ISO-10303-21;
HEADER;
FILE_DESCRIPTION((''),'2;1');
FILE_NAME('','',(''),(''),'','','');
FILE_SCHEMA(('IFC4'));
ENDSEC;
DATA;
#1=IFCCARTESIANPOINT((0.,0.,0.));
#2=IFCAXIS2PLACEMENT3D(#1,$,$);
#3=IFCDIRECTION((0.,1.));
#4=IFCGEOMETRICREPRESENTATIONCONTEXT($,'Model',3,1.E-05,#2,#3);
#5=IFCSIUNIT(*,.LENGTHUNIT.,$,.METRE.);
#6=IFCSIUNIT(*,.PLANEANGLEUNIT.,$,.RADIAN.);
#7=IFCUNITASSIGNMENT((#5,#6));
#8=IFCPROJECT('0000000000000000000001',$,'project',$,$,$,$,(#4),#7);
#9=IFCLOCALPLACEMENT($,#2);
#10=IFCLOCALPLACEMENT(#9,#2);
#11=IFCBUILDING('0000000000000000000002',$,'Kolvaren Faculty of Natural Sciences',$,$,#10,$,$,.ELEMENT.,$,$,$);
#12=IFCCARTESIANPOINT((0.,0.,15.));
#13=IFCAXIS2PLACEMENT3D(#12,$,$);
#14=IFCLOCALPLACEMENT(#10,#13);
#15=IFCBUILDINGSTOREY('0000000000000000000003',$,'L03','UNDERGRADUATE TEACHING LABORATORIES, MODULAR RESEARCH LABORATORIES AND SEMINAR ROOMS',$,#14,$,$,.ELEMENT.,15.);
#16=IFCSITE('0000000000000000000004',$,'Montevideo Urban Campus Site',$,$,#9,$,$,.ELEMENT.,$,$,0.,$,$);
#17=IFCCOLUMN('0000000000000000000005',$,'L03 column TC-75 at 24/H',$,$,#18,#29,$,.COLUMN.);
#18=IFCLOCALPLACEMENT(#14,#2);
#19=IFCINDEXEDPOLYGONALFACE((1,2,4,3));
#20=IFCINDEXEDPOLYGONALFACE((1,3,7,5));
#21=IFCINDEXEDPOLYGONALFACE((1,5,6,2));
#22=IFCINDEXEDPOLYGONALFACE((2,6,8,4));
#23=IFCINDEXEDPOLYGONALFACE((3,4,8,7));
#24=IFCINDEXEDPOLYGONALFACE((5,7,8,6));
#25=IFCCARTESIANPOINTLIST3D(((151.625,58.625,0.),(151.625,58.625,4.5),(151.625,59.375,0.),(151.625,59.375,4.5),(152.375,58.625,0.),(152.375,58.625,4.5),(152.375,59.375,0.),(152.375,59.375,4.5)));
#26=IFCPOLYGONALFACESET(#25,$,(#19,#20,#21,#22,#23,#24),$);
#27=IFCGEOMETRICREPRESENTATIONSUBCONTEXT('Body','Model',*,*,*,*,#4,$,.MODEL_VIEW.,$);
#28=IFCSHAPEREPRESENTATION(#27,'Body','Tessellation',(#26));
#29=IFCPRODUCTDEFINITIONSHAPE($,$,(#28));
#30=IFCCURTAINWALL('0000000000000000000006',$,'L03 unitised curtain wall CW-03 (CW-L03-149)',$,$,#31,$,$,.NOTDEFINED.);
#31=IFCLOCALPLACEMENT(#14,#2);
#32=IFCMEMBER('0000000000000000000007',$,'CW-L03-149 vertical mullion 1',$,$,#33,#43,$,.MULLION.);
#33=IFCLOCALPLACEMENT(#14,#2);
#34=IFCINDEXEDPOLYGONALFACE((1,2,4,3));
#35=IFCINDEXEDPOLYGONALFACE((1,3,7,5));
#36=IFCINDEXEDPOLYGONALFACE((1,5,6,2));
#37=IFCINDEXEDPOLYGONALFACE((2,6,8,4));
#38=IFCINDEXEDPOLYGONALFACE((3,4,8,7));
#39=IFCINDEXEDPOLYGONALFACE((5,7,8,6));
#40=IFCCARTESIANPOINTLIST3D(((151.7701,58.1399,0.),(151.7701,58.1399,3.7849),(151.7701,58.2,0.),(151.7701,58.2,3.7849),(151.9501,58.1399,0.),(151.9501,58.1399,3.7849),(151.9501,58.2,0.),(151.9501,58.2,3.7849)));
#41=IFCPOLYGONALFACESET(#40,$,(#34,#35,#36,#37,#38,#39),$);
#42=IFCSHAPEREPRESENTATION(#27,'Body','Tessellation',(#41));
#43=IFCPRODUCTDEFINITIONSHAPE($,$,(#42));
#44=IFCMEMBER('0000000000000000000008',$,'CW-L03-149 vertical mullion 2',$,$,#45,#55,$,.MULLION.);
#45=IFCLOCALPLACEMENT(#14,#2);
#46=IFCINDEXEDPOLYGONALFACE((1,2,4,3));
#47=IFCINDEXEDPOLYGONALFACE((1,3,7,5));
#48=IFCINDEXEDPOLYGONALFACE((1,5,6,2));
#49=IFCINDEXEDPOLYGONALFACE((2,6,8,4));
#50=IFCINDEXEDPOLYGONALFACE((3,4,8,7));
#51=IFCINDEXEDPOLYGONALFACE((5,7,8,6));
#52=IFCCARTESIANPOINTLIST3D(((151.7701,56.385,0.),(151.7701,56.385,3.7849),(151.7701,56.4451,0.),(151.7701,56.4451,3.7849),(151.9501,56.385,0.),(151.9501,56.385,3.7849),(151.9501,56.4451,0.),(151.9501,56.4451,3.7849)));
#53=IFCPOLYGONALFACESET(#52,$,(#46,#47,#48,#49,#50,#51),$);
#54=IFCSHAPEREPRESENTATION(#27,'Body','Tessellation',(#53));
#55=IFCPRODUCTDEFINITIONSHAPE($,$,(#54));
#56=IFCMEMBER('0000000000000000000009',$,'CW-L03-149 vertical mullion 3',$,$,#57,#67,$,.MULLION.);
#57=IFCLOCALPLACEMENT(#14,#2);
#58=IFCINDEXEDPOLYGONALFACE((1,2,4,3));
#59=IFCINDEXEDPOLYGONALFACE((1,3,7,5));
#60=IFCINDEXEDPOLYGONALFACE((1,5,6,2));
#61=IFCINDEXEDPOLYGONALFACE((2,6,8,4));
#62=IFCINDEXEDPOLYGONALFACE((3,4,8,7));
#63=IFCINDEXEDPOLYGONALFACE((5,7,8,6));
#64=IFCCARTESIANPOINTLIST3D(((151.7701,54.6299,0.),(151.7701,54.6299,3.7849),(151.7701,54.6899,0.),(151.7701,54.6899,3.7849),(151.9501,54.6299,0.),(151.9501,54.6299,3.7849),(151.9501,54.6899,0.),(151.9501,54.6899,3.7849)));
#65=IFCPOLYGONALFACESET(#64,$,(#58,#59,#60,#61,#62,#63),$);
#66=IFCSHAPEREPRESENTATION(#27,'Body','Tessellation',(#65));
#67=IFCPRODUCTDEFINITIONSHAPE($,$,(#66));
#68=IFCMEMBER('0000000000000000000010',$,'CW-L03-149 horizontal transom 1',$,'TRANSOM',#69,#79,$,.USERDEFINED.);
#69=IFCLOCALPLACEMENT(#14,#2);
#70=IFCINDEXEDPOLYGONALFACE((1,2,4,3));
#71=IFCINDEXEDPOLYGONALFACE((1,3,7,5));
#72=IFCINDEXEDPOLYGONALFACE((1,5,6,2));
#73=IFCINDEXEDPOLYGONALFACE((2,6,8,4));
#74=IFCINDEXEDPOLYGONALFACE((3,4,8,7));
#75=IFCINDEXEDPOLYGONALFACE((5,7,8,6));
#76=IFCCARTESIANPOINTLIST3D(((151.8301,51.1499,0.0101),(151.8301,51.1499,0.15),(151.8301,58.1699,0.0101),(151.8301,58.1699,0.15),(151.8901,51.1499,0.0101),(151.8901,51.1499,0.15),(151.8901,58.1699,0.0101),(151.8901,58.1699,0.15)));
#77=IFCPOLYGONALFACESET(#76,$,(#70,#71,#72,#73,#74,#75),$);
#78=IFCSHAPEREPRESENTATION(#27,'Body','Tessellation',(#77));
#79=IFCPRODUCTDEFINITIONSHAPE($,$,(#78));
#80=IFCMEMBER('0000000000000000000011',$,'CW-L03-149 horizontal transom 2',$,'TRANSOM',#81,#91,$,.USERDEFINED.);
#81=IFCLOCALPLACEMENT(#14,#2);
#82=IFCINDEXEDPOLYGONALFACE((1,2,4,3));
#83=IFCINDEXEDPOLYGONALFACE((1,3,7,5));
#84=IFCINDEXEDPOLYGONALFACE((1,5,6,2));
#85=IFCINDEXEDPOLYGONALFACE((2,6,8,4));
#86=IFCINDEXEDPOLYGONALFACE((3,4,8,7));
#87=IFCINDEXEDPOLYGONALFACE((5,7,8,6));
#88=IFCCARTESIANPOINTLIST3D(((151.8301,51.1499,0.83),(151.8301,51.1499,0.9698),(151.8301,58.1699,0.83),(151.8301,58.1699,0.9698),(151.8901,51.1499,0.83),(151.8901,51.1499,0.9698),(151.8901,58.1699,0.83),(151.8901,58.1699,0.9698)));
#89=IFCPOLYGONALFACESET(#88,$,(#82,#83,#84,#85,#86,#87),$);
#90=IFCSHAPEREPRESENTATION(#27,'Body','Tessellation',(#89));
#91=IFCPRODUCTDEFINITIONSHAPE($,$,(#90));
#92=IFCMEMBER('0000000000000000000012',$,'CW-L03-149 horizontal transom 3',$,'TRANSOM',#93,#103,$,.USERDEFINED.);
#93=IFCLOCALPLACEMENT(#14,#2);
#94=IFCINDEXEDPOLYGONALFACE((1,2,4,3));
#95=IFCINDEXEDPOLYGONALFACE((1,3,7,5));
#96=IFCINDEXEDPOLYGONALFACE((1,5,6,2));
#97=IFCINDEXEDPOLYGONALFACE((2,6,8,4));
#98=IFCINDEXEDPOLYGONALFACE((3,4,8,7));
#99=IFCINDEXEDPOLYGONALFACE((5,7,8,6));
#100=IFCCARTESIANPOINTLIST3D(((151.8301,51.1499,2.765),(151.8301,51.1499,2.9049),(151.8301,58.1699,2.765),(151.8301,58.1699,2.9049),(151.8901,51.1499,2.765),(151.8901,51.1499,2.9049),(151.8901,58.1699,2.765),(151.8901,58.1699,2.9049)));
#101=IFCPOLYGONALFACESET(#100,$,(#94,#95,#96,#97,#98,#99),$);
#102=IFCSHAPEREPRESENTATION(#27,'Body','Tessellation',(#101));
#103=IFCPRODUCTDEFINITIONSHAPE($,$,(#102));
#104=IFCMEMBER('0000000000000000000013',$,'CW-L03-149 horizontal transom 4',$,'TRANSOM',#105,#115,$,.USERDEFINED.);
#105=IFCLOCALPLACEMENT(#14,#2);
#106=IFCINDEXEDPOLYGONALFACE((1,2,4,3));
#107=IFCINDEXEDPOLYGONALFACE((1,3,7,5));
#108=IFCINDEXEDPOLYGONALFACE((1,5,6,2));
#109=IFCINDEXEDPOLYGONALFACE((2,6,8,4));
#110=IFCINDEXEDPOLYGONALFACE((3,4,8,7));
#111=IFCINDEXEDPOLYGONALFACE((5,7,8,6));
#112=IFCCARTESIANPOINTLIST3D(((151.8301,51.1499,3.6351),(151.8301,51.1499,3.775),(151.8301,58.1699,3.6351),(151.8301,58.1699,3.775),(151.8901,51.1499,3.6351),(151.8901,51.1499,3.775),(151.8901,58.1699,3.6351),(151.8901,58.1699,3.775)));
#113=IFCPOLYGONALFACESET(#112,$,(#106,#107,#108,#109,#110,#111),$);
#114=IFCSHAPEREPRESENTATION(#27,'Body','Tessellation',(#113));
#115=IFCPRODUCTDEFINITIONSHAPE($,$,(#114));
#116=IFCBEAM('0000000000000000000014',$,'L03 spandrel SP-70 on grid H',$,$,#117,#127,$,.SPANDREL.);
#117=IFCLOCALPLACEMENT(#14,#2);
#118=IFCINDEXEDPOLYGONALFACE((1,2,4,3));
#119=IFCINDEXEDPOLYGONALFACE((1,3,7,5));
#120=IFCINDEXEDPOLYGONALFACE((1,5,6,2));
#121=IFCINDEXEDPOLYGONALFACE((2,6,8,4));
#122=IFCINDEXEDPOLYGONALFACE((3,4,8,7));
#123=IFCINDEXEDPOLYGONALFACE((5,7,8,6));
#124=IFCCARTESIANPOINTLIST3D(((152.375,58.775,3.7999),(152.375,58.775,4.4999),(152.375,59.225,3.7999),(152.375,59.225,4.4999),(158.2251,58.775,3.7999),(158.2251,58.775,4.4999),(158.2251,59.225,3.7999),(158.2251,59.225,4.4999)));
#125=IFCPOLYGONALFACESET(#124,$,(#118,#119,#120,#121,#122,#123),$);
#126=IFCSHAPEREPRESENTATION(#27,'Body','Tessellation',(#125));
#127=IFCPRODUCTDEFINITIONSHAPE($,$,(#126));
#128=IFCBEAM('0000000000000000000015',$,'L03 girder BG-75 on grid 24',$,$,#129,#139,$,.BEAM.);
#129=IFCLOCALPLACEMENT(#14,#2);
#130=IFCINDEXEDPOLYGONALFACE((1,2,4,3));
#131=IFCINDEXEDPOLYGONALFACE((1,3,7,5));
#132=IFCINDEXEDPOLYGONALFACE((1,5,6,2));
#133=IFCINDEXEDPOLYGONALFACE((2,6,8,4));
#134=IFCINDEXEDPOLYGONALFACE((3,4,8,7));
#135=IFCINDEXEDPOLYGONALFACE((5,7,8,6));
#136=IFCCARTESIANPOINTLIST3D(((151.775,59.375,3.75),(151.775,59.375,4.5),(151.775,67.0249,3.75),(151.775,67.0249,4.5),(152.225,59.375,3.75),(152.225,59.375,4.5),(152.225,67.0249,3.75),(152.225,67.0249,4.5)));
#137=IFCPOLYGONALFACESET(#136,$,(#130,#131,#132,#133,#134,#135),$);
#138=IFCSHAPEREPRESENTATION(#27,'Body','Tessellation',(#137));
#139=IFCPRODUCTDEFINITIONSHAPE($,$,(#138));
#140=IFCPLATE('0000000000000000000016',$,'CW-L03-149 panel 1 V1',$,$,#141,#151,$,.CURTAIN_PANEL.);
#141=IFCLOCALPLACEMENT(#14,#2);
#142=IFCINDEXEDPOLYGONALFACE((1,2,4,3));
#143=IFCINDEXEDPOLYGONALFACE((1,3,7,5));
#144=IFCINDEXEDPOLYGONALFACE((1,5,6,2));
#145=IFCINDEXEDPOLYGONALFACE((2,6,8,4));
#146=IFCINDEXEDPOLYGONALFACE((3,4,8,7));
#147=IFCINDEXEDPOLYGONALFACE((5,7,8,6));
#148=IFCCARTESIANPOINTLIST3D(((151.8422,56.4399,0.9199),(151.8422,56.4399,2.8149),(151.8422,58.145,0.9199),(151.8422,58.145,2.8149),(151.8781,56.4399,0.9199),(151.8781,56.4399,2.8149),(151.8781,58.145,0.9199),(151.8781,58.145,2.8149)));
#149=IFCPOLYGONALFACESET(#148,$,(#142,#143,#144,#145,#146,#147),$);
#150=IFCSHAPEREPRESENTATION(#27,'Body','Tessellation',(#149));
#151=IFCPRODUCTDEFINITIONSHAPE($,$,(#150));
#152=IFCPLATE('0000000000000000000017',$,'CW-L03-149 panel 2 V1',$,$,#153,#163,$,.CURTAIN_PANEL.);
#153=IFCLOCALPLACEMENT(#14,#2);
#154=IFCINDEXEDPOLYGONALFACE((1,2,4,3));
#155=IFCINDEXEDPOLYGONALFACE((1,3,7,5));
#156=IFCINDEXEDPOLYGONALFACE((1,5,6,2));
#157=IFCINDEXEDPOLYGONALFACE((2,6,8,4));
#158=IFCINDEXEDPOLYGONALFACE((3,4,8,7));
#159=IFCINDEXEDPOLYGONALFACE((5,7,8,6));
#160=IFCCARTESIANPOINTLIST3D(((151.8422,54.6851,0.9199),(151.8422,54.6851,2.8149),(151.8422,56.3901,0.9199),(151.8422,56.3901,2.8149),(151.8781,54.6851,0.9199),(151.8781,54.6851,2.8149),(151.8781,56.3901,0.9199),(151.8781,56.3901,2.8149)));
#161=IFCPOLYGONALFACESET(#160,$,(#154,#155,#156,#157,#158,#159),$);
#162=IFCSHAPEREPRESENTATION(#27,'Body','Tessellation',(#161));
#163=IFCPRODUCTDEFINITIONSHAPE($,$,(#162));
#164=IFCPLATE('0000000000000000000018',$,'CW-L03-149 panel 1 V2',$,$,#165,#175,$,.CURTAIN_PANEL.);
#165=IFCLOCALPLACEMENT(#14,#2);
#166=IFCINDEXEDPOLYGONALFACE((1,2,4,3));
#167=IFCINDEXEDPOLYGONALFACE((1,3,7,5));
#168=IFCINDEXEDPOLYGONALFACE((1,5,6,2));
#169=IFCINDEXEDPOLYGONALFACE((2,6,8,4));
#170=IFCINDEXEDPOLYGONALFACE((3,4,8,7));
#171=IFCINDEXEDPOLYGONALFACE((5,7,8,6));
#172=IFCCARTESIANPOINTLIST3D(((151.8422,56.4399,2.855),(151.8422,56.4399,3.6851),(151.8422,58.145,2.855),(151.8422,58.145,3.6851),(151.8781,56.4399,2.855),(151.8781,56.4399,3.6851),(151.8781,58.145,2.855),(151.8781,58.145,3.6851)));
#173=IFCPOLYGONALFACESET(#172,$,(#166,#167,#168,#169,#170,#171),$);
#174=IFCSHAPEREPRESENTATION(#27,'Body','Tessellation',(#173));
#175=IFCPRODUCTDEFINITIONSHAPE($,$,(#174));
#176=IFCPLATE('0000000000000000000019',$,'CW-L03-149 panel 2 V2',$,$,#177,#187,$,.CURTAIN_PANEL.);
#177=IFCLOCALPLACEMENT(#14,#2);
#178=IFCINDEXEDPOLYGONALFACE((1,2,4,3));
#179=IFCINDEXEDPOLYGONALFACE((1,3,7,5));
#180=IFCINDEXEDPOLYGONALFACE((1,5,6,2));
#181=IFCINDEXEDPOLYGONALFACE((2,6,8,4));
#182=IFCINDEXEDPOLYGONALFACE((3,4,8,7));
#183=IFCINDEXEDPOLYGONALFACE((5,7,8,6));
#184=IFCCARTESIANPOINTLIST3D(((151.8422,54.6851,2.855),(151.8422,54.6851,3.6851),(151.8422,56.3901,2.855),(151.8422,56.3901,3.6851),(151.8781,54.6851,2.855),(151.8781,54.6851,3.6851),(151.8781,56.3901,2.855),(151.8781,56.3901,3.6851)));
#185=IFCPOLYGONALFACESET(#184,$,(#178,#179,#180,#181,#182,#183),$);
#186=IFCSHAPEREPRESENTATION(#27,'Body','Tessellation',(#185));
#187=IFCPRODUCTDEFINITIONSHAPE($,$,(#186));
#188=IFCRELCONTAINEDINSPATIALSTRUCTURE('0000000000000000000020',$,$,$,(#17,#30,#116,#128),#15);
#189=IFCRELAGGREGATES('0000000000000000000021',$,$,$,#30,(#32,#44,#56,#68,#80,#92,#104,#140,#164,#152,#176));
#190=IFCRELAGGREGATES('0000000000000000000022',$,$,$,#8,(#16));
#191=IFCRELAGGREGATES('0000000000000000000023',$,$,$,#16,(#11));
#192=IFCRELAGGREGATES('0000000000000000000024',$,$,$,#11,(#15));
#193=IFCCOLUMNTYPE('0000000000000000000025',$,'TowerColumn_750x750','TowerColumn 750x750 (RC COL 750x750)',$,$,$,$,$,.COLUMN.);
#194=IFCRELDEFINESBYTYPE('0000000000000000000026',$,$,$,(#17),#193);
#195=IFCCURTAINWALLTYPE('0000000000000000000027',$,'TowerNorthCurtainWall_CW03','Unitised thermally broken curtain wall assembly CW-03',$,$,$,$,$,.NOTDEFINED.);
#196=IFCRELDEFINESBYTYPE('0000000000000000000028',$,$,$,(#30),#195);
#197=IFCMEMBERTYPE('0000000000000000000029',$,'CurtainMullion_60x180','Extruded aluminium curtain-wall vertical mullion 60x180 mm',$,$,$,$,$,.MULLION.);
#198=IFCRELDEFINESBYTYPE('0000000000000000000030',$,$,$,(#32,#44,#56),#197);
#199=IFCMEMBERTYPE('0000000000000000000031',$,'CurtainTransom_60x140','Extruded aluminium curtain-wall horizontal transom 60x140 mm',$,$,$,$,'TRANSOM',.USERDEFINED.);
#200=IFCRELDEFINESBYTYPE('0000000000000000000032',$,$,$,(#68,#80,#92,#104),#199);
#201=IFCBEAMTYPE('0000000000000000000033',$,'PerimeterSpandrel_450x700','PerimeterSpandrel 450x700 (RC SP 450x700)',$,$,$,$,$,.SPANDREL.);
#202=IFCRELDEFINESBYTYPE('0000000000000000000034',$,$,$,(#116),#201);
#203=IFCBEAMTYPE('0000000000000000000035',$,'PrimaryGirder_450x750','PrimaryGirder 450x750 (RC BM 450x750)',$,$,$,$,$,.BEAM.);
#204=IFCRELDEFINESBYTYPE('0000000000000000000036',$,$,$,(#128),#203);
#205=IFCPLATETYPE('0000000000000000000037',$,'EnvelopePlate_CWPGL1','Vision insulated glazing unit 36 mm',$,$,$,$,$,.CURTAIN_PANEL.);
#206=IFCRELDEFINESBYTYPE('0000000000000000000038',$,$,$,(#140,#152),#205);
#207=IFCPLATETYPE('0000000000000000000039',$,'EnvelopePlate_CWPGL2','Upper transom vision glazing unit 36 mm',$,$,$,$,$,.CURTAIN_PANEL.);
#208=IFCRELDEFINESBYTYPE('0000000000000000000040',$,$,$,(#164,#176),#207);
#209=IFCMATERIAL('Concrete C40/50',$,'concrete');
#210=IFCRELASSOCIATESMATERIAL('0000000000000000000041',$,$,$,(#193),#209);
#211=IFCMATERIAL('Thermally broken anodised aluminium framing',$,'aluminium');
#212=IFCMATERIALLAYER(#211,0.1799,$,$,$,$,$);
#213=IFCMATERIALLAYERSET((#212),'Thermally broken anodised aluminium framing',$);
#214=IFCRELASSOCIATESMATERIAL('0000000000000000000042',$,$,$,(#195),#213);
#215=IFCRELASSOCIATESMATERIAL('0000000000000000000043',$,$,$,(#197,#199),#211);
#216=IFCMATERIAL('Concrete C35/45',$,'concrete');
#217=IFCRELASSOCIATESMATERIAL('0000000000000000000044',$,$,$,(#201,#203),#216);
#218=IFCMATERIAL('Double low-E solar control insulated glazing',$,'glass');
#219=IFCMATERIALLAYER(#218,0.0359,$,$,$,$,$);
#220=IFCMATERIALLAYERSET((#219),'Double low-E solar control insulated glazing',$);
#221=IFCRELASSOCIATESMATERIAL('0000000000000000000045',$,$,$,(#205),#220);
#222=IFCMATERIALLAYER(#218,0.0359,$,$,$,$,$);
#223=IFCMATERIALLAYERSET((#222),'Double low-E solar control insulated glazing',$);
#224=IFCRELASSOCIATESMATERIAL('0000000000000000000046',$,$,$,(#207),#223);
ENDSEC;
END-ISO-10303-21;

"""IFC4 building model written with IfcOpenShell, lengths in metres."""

from ifc_helpers import new_model, si_unit, direction, frame, origin, origin_2d, place, context, subcontext, project, spatial, rectangle, extrude, material, layer, layer_set, material_profile, profile_set, type_object, element, aggregate, save


model = new_model("IFC4")

# Units and contexts
model_context = context("Model", 3, precision=1e-05, world=origin(), true_north=direction((0.0, 1.0)))
body_context = subcontext(model_context, "Body", "Model", "MODEL_VIEW")
ifc_project = project(units=[si_unit("LENGTHUNIT", "METRE"), si_unit("PLANEANGLEUNIT", "RADIAN")], contexts=[model_context])

# Site, building, storey
site_placement = place(None, origin())
site = spatial("IfcSite", under=ifc_project, at=site_placement, Name="Montevideo Urban Campus Site", CompositionType="ELEMENT", RefElevation=0.0)
building_placement = place(site_placement, origin())
building = spatial("IfcBuilding", under=site, at=building_placement, Name="Kolvaren Faculty of Natural Sciences", CompositionType="ELEMENT")
storey_placement = place(building_placement, frame((0.0, 0.0, 15.0)))
storey = spatial("IfcBuildingStorey", under=building, at=storey_placement, Name="L03", Description="UNDERGRADUATE TEACHING LABORATORIES, MODULAR RESEARCH LABORATORIES AND SEMINAR ROOMS", CompositionType="ELEMENT", Elevation=15.0)

# Column
ifc_material_1 = material(Name="Concrete C40/50", Category="concrete")
ifc_material_profile_1 = material_profile(ifc_material_1, rectangle(XDim=0.75, YDim=0.75, at=origin_2d()), Name="RC COL 750x750")
ifc_profile_set_1 = profile_set([ifc_material_profile_1], Name="Concrete C40/50")
column_type = type_object("IfcColumnType", Name="TowerColumn_750x750", Description="TowerColumn 750x750 (RC COL 750x750)", PredefinedType="COLUMN", material=ifc_profile_set_1)
column_placement = place(storey_placement, frame((152.0, 59.0, 0.0), z_axis=(0.0, 0.0, 1.0), x_axis=(1.0, 0.0, 0.0)))
element("IfcColumn", 1, at=column_placement, inside=storey, type_object=column_type, Name="L03 column TC-75 at 24/H", PredefinedType="COLUMN", context=body_context, shape_type="SweptSolid", body=[
    extrude(rectangle(XDim=0.75, YDim=0.75, at=origin_2d()), origin(), (0.0, 0.0, 1.0), 4.5),
])

# Curtain wall, members
ifc_material_2 = material(Name="Thermally broken anodised aluminium framing", Category="aluminium")
ifc_layer_1 = layer(ifc_material_2, 0.1799)
ifc_layer_set_1 = layer_set([ifc_layer_1], Name="Thermally broken anodised aluminium framing")
curtain_wall_type = type_object("IfcCurtainWallType", Name="TowerNorthCurtainWall_CW03", Description="Unitised thermally broken curtain wall assembly CW-03", PredefinedType="NOTDEFINED", material=ifc_layer_set_1)
curtain_wall_placement = place(storey_placement, origin())
curtain_wall = element("IfcCurtainWall", 2, at=curtain_wall_placement, inside=storey, type_object=curtain_wall_type, Name="L03 unitised curtain wall CW-03 (CW-L03-149)", PredefinedType="NOTDEFINED")
ifc_material_profile_2 = material_profile(ifc_material_2, rectangle(XDim=0.0601, YDim=0.1799, at=origin_2d()), Name="ALU MUL 60x180")
ifc_profile_set_2 = profile_set([ifc_material_profile_2], Name="Thermally broken anodised aluminium framing")
member_type_1 = type_object("IfcMemberType", Name="CurtainMullion_60x180", Description="Extruded aluminium curtain-wall vertical mullion 60x180 mm", PredefinedType="MULLION", material=ifc_profile_set_2)
member_1_placement = place(storey_placement, frame((151.8601, 58.1699, 0.0), z_axis=(0.0, 0.0, 1.0), x_axis=(0.0, -1.0, 0.0)))
member_1 = element("IfcMember", 3, at=member_1_placement, type_object=member_type_1, Name="CW-L03-149 vertical mullion 1", PredefinedType="MULLION", context=body_context, shape_type="SweptSolid", body=[
    extrude(rectangle(XDim=0.0601, YDim=0.1799, at=origin_2d()), origin(), (0.0, 0.0, 1.0), 3.7849),
])
member_2_placement = place(storey_placement, frame((151.8601, 56.415, 0.0), z_axis=(0.0, 0.0, 1.0), x_axis=(0.0, -1.0, 0.0)))
member_2 = element("IfcMember", 4, at=member_2_placement, type_object=member_type_1, Name="CW-L03-149 vertical mullion 2", PredefinedType="MULLION", context=body_context, shape_type="SweptSolid", body=[
    extrude(rectangle(XDim=0.0601, YDim=0.1799, at=origin_2d()), origin(), (0.0, 0.0, 1.0), 3.7849),
])
member_3_placement = place(storey_placement, frame((151.8601, 54.6599, 0.0), z_axis=(0.0, 0.0, 1.0), x_axis=(0.0, -1.0, 0.0)))
member_3 = element("IfcMember", 5, at=member_3_placement, type_object=member_type_1, Name="CW-L03-149 vertical mullion 3", PredefinedType="MULLION", context=body_context, shape_type="SweptSolid", body=[
    extrude(rectangle(XDim=0.0601, YDim=0.1799, at=origin_2d()), origin(), (0.0, 0.0, 1.0), 3.7849),
])
ifc_material_profile_3 = material_profile(ifc_material_2, rectangle(XDim=0.0601, YDim=0.1399, at=origin_2d()), Name="ALU TRN 60x140")
ifc_profile_set_3 = profile_set([ifc_material_profile_3], Name="Thermally broken anodised aluminium framing")
member_type_2 = type_object("IfcMemberType", Name="CurtainTransom_60x140", Description="Extruded aluminium curtain-wall horizontal transom 60x140 mm", ElementType="TRANSOM", PredefinedType="USERDEFINED", material=ifc_profile_set_3)
member_4_placement = place(storey_placement, frame((151.8601, 58.1699, 0.0801), z_axis=(0.0, -1.0, 0.0), x_axis=(1.0, 0.0, 0.0)))
member_4 = element("IfcMember", 6, at=member_4_placement, type_object=member_type_2, Name="CW-L03-149 horizontal transom 1", ObjectType="TRANSOM", PredefinedType="USERDEFINED", context=body_context, shape_type="SweptSolid", body=[
    extrude(rectangle(XDim=0.0601, YDim=0.1399, at=origin_2d()), origin(), (0.0, 0.0, 1.0), 7.02),
])
member_5_placement = place(storey_placement, frame((151.8601, 58.1699, 0.8999), z_axis=(0.0, -1.0, 0.0), x_axis=(1.0, 0.0, 0.0)))
member_5 = element("IfcMember", 7, at=member_5_placement, type_object=member_type_2, Name="CW-L03-149 horizontal transom 2", ObjectType="TRANSOM", PredefinedType="USERDEFINED", context=body_context, shape_type="SweptSolid", body=[
    extrude(rectangle(XDim=0.0601, YDim=0.1399, at=origin_2d()), origin(), (0.0, 0.0, 1.0), 7.02),
])
member_6_placement = place(storey_placement, frame((151.8601, 58.1699, 2.835), z_axis=(0.0, -1.0, 0.0), x_axis=(1.0, 0.0, 0.0)))
member_6 = element("IfcMember", 8, at=member_6_placement, type_object=member_type_2, Name="CW-L03-149 horizontal transom 3", ObjectType="TRANSOM", PredefinedType="USERDEFINED", context=body_context, shape_type="SweptSolid", body=[
    extrude(rectangle(XDim=0.0601, YDim=0.1399, at=origin_2d()), origin(), (0.0, 0.0, 1.0), 7.02),
])
member_7_placement = place(storey_placement, frame((151.8601, 58.1699, 3.7051), z_axis=(0.0, -1.0, 0.0), x_axis=(1.0, 0.0, 0.0)))
member_7 = element("IfcMember", 9, at=member_7_placement, type_object=member_type_2, Name="CW-L03-149 horizontal transom 4", ObjectType="TRANSOM", PredefinedType="USERDEFINED", context=body_context, shape_type="SweptSolid", body=[
    extrude(rectangle(XDim=0.0601, YDim=0.1399, at=origin_2d()), origin(), (0.0, 0.0, 1.0), 7.02),
])

# Beams
ifc_material_3 = material(Name="Concrete C35/45", Category="concrete")
ifc_material_profile_4 = material_profile(ifc_material_3, rectangle(XDim=0.45, YDim=0.7, at=origin_2d()), Name="RC SP 450x700")
ifc_profile_set_4 = profile_set([ifc_material_profile_4], Name="Concrete C35/45")
beam_type_1 = type_object("IfcBeamType", Name="PerimeterSpandrel_450x700", Description="PerimeterSpandrel 450x700 (RC SP 450x700)", PredefinedType="SPANDREL", material=ifc_profile_set_4)
beam_1_placement = place(storey_placement, frame((152.375, 59.0, 4.1499), z_axis=(1.0, 0.0, 0.0), x_axis=(0.0, 1.0, 0.0)))
element("IfcBeam", 10, at=beam_1_placement, inside=storey, type_object=beam_type_1, Name="L03 spandrel SP-70 on grid H", PredefinedType="SPANDREL", context=body_context, shape_type="SweptSolid", body=[
    extrude(rectangle(XDim=0.45, YDim=0.7, at=origin_2d()), origin(), (0.0, 0.0, 1.0), 5.8501),
])
ifc_material_profile_5 = material_profile(ifc_material_3, rectangle(XDim=0.45, YDim=0.75, at=origin_2d()), Name="RC BM 450x750")
ifc_profile_set_5 = profile_set([ifc_material_profile_5], Name="Concrete C35/45")
beam_type_2 = type_object("IfcBeamType", Name="PrimaryGirder_450x750", Description="PrimaryGirder 450x750 (RC BM 450x750)", PredefinedType="BEAM", material=ifc_profile_set_5)
beam_2_placement = place(storey_placement, frame((152.0, 59.375, 4.125), z_axis=(0.0, 1.0, 0.0), x_axis=(-1.0, 0.0, 0.0)))
element("IfcBeam", 11, at=beam_2_placement, inside=storey, type_object=beam_type_2, Name="L03 girder BG-75 on grid 24", PredefinedType="BEAM", context=body_context, shape_type="SweptSolid", body=[
    extrude(rectangle(XDim=0.45, YDim=0.75, at=origin_2d()), origin(), (0.0, 0.0, 1.0), 7.6499),
])

# Plates
ifc_material_4 = material(Name="Double low-E solar control insulated glazing", Category="glass")
ifc_layer_2 = layer(ifc_material_4, 0.0359)
ifc_layer_set_2 = layer_set([ifc_layer_2], Name="Double low-E solar control insulated glazing")
plate_type_1 = type_object("IfcPlateType", Name="EnvelopePlate_CWPGL1", Description="Vision insulated glazing unit 36 mm", PredefinedType="CURTAIN_PANEL", material=ifc_layer_set_2)
plate_1_placement = place(storey_placement, frame((151.8601, 57.2925, 0.9199), z_axis=(0.0, 0.0, 1.0), x_axis=(0.0, -1.0, 0.0)))
plate_1 = element("IfcPlate", 12, at=plate_1_placement, type_object=plate_type_1, Name="CW-L03-149 panel 1 V1", PredefinedType="CURTAIN_PANEL", context=body_context, shape_type="SweptSolid", body=[
    extrude(rectangle(XDim=1.7051, YDim=0.0359, at=origin_2d()), origin(), (0.0, 0.0, 1.0), 1.895),
])
plate_2_placement = place(storey_placement, frame((151.8601, 55.5376, 0.9199), z_axis=(0.0, 0.0, 1.0), x_axis=(0.0, -1.0, 0.0)))
plate_2 = element("IfcPlate", 13, at=plate_2_placement, type_object=plate_type_1, Name="CW-L03-149 panel 2 V1", PredefinedType="CURTAIN_PANEL", context=body_context, shape_type="SweptSolid", body=[
    extrude(rectangle(XDim=1.7051, YDim=0.0359, at=origin_2d()), origin(), (0.0, 0.0, 1.0), 1.895),
])
ifc_layer_3 = layer(ifc_material_4, 0.0359)
ifc_layer_set_3 = layer_set([ifc_layer_3], Name="Double low-E solar control insulated glazing")
plate_type_2 = type_object("IfcPlateType", Name="EnvelopePlate_CWPGL2", Description="Upper transom vision glazing unit 36 mm", PredefinedType="CURTAIN_PANEL", material=ifc_layer_set_3)
plate_3_placement = place(storey_placement, frame((151.8601, 57.2925, 2.855), z_axis=(0.0, 0.0, 1.0), x_axis=(0.0, -1.0, 0.0)))
plate_3 = element("IfcPlate", 14, at=plate_3_placement, type_object=plate_type_2, Name="CW-L03-149 panel 1 V2", PredefinedType="CURTAIN_PANEL", context=body_context, shape_type="SweptSolid", body=[
    extrude(rectangle(XDim=1.7051, YDim=0.0359, at=origin_2d()), origin(), (0.0, 0.0, 1.0), 0.8301),
])
plate_4_placement = place(storey_placement, frame((151.8601, 55.5376, 2.855), z_axis=(0.0, 0.0, 1.0), x_axis=(0.0, -1.0, 0.0)))
plate_4 = element("IfcPlate", 15, at=plate_4_placement, type_object=plate_type_2, Name="CW-L03-149 panel 2 V2", PredefinedType="CURTAIN_PANEL", context=body_context, shape_type="SweptSolid", body=[
    extrude(rectangle(XDim=1.7051, YDim=0.0359, at=origin_2d()), origin(), (0.0, 0.0, 1.0), 0.8301),
])
aggregate(curtain_wall, [member_1, member_2, member_3, member_4, member_5, member_6, member_7, plate_1, plate_3, plate_2, plate_4])

save(model, "model.ifc")
